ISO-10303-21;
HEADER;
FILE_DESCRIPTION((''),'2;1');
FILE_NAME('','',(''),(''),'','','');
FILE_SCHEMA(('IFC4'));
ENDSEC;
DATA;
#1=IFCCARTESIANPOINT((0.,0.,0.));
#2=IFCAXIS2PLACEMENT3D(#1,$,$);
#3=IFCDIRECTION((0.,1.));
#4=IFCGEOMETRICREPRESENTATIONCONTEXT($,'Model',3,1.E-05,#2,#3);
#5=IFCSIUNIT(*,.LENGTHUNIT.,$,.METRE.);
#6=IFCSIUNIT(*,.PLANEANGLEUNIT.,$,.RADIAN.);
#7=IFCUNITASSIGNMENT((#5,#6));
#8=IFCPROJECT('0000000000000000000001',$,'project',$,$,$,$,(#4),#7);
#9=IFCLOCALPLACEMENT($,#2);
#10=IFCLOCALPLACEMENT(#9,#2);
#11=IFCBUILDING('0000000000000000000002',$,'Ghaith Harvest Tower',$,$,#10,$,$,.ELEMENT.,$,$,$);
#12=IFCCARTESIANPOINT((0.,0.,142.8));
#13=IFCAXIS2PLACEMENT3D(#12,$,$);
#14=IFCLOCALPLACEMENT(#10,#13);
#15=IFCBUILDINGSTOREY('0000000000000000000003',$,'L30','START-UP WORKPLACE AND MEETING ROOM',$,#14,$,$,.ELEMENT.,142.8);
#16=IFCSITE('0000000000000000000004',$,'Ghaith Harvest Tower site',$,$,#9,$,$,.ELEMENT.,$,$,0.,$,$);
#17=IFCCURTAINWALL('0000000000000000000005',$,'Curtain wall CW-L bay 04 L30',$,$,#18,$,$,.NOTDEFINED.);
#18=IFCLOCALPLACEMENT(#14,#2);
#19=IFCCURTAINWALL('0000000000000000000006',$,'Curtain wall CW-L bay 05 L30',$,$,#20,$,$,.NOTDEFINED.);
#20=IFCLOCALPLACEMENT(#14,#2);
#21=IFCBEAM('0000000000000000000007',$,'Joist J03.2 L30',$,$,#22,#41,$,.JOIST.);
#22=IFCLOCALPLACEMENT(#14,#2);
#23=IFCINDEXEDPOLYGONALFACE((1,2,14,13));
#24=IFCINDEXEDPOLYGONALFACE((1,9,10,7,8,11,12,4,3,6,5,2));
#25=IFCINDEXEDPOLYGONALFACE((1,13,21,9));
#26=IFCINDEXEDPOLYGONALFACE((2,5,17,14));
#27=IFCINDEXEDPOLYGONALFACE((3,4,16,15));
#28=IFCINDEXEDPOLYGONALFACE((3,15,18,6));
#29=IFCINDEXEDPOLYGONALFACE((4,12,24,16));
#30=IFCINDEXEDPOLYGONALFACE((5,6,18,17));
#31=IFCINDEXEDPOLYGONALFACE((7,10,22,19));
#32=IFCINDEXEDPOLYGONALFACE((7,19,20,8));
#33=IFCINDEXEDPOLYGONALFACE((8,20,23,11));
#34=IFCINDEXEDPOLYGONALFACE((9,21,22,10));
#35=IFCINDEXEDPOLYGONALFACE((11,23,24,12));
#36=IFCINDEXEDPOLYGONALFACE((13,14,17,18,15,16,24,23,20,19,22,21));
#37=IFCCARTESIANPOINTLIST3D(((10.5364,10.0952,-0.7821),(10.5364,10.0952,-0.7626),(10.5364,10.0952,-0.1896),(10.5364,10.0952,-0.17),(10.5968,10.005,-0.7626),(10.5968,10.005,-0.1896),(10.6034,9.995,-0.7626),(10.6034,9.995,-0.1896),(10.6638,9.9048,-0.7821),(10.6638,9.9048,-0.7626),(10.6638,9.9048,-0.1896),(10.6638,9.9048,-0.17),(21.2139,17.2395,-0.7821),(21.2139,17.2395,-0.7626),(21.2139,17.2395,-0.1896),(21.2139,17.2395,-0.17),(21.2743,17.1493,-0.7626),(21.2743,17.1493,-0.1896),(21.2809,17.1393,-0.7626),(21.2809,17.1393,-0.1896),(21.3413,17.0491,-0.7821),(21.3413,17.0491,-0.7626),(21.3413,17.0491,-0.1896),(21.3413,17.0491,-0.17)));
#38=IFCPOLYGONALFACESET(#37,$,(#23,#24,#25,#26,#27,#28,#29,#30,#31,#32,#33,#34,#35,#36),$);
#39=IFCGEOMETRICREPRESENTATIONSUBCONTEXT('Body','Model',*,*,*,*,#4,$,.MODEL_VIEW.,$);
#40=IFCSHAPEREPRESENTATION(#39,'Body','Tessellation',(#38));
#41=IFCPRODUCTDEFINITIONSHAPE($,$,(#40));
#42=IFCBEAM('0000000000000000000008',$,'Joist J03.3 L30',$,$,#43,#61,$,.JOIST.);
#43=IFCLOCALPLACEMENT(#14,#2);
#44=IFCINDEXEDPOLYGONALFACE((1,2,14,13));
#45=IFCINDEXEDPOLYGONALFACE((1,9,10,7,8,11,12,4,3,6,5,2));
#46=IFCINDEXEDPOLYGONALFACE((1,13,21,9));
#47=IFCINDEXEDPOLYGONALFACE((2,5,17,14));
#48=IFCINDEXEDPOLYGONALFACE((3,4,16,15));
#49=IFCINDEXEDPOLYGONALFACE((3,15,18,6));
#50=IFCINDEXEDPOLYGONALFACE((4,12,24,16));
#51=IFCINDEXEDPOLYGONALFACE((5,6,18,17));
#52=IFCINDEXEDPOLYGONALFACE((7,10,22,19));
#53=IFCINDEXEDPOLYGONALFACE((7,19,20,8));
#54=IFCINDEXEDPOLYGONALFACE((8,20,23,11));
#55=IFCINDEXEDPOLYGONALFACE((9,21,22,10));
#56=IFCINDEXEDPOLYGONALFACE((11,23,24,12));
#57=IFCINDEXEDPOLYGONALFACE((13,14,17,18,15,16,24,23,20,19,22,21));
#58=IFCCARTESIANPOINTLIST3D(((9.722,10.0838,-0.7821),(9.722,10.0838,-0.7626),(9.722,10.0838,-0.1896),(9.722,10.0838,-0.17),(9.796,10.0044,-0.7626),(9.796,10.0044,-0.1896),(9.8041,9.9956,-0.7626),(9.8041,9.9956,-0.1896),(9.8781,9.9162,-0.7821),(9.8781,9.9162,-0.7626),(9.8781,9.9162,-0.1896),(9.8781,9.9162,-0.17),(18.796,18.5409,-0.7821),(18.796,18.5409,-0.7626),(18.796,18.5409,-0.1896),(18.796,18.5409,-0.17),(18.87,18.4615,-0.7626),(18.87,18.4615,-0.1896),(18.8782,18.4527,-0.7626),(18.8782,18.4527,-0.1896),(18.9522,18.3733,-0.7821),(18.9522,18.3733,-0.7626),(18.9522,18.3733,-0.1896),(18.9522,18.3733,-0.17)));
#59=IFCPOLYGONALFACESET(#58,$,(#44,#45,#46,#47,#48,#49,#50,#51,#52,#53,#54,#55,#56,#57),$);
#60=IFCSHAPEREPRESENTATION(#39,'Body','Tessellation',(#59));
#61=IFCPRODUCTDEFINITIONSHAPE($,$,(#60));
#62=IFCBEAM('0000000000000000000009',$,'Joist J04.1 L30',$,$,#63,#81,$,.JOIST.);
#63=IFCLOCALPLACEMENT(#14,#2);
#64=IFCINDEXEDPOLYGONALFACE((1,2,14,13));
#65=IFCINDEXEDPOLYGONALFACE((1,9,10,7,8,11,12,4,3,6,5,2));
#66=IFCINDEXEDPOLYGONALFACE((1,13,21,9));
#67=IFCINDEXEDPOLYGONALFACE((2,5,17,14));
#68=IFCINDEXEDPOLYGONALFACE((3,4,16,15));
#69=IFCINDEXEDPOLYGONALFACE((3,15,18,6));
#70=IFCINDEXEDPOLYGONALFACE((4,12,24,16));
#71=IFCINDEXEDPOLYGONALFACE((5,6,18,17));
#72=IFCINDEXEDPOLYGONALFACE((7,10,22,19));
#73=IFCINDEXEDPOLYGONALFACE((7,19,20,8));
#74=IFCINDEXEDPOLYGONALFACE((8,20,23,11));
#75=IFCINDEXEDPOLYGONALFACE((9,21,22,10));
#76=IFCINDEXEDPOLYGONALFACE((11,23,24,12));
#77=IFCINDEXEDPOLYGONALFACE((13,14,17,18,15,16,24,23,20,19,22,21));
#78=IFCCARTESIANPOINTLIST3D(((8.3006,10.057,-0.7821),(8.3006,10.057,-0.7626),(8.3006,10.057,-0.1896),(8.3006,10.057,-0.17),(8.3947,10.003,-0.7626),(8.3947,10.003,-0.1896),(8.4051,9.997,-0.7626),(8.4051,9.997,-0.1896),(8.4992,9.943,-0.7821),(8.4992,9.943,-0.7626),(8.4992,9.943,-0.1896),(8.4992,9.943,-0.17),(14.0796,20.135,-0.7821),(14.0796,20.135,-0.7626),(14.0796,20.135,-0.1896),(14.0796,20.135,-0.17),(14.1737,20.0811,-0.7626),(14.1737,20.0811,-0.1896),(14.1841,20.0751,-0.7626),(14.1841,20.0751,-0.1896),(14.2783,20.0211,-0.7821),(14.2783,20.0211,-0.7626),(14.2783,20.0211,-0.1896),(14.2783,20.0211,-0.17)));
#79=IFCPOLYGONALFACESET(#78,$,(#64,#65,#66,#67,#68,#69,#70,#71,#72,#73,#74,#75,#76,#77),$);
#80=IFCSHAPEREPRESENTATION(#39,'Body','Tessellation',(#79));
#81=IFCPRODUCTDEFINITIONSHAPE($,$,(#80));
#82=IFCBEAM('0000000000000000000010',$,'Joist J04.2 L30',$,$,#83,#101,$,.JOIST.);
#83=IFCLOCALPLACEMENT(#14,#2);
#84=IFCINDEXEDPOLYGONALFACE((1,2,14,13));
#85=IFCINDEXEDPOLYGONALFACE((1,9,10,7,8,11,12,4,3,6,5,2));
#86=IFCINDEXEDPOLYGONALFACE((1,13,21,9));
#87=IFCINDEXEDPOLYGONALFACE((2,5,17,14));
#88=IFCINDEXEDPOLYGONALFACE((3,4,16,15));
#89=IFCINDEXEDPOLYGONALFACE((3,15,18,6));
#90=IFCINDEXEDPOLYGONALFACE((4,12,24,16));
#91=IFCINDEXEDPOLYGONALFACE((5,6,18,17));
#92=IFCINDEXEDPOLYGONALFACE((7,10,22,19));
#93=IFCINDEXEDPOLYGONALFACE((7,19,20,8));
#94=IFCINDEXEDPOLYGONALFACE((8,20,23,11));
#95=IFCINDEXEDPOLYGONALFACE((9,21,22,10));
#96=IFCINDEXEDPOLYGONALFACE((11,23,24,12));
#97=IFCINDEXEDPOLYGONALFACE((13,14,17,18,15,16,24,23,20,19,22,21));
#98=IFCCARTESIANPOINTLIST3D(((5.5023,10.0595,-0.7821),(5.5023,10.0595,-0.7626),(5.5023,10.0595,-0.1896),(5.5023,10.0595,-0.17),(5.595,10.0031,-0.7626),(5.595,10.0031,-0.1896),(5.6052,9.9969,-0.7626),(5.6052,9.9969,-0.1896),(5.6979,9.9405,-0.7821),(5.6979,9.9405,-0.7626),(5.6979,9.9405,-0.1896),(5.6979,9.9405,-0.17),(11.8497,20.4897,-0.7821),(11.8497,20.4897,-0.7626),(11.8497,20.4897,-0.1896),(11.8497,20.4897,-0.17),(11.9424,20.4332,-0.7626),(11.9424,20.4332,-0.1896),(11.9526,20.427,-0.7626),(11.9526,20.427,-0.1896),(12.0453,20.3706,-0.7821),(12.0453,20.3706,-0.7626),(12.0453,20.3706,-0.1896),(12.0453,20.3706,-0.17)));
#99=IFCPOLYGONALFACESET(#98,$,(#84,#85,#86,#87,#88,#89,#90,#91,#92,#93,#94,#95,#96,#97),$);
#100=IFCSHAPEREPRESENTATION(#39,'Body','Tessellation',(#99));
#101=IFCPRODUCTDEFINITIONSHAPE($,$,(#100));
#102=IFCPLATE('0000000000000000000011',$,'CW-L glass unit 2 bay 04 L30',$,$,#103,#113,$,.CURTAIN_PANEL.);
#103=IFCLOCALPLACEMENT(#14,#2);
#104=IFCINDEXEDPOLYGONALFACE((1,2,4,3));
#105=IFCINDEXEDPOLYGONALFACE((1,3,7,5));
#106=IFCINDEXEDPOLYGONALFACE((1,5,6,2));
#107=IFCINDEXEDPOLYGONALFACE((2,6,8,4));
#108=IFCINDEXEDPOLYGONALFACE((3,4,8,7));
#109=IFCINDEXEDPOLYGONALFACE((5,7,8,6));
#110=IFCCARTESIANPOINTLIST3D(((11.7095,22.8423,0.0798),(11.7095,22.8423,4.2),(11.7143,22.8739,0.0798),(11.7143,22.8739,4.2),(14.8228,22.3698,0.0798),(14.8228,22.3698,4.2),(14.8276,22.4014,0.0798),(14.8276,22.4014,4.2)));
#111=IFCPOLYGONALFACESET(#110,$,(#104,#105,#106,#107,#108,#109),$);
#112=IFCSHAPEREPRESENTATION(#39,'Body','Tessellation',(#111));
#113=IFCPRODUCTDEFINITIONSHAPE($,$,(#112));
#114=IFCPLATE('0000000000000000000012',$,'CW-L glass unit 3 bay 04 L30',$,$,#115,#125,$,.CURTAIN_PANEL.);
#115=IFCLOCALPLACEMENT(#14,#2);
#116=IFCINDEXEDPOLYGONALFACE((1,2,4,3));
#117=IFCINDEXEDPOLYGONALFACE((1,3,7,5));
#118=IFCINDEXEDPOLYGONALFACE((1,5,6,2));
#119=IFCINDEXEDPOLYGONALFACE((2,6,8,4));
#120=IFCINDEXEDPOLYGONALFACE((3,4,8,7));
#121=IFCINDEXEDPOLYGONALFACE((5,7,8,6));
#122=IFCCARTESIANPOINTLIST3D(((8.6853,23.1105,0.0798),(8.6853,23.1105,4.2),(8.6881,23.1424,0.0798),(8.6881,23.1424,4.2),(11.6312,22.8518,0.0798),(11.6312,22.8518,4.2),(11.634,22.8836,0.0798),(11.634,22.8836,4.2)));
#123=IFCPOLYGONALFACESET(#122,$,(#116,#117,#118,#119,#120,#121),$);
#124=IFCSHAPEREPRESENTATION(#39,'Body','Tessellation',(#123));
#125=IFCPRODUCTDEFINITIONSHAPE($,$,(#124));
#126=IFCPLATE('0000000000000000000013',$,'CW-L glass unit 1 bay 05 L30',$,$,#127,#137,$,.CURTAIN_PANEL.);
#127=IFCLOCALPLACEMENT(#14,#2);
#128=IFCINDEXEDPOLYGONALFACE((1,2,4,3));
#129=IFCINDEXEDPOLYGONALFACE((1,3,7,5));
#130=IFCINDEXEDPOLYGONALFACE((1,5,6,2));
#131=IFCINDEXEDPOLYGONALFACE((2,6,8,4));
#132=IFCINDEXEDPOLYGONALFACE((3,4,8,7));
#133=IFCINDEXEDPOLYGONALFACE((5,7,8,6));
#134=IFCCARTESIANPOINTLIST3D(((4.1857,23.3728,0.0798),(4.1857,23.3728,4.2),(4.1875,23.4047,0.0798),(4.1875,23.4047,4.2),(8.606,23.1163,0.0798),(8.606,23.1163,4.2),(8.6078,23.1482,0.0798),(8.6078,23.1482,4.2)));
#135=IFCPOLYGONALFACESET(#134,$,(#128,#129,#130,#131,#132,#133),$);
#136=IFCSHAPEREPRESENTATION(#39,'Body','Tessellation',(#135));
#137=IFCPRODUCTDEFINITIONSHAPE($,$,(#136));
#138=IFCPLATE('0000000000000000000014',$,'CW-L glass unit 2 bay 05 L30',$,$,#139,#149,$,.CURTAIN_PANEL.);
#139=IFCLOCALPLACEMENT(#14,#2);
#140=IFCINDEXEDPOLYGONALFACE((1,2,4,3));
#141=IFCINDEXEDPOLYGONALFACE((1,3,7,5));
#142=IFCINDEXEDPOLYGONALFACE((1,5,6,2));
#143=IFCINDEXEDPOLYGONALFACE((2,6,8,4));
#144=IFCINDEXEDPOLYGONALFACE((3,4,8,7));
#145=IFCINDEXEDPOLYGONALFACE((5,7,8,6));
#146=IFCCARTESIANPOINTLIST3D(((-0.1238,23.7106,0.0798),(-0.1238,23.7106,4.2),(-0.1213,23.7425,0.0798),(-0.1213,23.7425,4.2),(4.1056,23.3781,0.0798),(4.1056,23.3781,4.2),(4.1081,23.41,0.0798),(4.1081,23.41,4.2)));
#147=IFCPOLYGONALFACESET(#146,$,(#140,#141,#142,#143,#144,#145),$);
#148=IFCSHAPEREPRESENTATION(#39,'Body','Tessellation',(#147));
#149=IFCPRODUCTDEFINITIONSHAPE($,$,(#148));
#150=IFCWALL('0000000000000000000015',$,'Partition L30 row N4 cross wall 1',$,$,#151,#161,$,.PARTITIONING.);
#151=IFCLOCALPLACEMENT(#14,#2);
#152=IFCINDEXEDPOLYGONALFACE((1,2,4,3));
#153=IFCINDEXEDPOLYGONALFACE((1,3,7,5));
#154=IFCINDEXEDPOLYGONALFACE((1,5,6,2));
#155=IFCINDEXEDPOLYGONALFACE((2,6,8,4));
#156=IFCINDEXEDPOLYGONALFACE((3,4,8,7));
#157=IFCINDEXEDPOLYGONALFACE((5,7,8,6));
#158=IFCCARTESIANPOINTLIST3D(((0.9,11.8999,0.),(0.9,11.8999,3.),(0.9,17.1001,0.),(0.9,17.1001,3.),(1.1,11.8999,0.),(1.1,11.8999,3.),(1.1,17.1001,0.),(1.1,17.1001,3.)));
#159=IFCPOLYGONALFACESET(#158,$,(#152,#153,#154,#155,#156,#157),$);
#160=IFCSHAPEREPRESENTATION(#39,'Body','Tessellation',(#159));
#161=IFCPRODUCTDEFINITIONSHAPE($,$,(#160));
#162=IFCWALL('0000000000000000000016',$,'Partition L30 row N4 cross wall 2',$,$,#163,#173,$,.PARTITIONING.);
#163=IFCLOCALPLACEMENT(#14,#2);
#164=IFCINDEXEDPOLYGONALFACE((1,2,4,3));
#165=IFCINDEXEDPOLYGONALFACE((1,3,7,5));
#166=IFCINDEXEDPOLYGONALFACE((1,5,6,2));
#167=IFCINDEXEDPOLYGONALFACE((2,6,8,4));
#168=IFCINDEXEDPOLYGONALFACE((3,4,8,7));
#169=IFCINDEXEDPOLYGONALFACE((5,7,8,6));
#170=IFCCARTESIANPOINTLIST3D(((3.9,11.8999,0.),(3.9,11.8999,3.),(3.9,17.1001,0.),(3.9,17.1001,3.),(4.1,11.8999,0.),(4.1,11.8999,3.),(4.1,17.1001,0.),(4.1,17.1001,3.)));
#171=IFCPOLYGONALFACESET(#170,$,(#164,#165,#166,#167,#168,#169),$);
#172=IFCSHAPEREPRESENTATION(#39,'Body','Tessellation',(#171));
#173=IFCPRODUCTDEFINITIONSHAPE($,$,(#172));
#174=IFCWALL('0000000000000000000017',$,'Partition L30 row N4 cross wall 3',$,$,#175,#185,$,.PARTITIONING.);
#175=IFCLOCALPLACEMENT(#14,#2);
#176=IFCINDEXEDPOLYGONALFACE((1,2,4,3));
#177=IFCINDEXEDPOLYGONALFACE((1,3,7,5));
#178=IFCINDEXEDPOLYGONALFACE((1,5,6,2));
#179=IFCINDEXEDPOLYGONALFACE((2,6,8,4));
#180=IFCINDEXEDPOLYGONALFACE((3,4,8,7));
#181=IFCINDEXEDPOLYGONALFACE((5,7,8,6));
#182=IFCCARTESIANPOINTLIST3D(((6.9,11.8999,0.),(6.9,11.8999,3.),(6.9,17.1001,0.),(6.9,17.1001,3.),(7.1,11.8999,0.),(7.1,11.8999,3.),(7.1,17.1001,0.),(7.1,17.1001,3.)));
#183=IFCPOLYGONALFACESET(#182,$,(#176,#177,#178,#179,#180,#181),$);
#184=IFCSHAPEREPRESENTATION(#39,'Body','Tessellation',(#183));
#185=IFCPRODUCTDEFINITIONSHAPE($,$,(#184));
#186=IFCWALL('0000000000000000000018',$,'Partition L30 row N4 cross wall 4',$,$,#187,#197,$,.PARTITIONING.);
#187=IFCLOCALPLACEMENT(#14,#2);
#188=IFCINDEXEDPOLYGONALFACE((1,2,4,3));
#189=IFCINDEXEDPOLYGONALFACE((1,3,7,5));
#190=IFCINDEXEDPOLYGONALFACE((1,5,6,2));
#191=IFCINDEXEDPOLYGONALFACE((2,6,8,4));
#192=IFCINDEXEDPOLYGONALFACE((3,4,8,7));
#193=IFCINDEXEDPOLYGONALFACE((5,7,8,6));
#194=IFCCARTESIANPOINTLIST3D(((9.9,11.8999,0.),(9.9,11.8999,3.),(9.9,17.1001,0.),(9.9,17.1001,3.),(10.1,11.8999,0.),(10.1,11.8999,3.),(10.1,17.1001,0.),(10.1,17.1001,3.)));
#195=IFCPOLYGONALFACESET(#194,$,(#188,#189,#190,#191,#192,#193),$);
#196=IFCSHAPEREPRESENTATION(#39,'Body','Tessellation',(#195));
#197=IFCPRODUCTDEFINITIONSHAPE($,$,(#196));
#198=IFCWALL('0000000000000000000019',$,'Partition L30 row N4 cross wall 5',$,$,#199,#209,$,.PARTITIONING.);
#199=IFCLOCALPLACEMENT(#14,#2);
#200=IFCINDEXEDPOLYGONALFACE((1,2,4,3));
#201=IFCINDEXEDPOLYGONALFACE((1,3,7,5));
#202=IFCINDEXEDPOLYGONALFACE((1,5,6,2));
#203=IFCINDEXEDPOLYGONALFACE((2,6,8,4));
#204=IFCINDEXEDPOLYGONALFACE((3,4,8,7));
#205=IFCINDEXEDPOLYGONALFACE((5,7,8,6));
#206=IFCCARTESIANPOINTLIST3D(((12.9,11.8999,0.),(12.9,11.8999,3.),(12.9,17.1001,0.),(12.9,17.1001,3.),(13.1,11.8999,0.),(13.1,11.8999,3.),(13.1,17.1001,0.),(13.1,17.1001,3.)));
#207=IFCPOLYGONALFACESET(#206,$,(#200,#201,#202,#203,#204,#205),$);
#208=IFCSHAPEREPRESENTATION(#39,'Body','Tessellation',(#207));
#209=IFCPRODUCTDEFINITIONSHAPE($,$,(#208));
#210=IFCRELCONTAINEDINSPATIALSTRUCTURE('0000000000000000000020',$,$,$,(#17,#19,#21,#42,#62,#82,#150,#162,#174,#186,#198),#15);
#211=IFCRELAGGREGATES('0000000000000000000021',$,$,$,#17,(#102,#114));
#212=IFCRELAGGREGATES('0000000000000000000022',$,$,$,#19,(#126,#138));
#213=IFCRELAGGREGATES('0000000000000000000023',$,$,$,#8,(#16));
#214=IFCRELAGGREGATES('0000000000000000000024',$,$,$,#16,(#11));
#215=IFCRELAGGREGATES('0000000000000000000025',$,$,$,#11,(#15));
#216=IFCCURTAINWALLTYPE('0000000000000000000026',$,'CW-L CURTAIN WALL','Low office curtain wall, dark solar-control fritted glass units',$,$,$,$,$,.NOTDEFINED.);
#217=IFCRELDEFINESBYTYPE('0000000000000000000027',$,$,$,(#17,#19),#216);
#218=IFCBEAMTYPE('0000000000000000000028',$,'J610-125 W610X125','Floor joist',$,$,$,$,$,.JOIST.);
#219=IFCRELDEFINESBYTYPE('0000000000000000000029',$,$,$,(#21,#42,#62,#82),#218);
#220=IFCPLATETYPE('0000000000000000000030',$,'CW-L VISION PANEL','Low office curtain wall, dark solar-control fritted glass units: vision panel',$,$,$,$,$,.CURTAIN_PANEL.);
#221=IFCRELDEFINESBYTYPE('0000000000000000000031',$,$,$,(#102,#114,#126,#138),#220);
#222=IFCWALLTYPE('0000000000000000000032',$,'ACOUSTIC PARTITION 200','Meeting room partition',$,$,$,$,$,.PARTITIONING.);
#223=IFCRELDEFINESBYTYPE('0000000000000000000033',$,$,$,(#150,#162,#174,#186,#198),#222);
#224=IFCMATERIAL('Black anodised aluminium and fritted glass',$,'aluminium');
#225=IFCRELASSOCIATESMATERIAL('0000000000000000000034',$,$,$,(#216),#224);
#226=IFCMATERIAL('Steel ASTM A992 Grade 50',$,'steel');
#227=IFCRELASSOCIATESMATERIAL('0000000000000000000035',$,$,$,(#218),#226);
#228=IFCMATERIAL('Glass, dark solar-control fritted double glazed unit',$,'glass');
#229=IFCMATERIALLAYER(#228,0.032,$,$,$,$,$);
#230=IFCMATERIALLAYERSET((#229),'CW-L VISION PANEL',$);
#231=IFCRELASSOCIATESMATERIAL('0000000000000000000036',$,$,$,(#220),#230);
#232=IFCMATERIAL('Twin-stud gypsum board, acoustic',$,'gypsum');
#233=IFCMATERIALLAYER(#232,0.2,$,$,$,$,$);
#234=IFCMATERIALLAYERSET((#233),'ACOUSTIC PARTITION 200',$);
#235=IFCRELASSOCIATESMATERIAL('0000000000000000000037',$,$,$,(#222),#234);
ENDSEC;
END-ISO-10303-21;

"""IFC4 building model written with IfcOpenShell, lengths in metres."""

from ifc_helpers import new_model, si_unit, direction, frame, frame_2d, origin, origin_2d, place, context, subcontext, project, spatial, rectangle, i_section, extrude, material, layer, layer_set, material_profile, profile_set, type_object, element, aggregate, save


model = new_model("IFC4")

# Units and contexts
model_context = context("Model", 3, precision=1e-05, world=origin(), true_north=direction((0.0, 1.0)))
body_context = subcontext(model_context, "Body", "Model", "MODEL_VIEW")
ifc_project = project(units=[si_unit("LENGTHUNIT", "METRE"), si_unit("PLANEANGLEUNIT", "RADIAN")], contexts=[model_context])

# Site, building, storey
site_placement = place(None, origin())
site = spatial("IfcSite", under=ifc_project, at=site_placement, Name="Ghaith Harvest Tower site", CompositionType="ELEMENT", RefElevation=0.0)
building_placement = place(site_placement, origin())
building = spatial("IfcBuilding", under=site, at=building_placement, Name="Ghaith Harvest Tower", CompositionType="ELEMENT")
storey_placement = place(building_placement, frame((0.0, 0.0, 142.8)))
storey = spatial("IfcBuildingStorey", under=building, at=storey_placement, Name="L30", Description="START-UP WORKPLACE AND MEETING ROOM", CompositionType="ELEMENT", Elevation=142.8)

# Curtain wall
ifc_material_1 = material(Name="Black anodised aluminium and fritted glass", Category="aluminium")
curtain_wall_type = type_object("IfcCurtainWallType", Name="CW-L CURTAIN WALL", Description="Low office curtain wall, dark solar-control fritted glass units", PredefinedType="NOTDEFINED", material=ifc_material_1)
curtain_wall_1_placement = place(storey_placement, origin())
curtain_wall_1 = element("IfcCurtainWall", 1, at=curtain_wall_1_placement, inside=storey, type_object=curtain_wall_type, Name="Curtain wall CW-L bay 04 L30", PredefinedType="NOTDEFINED")

# Curtain wall
curtain_wall_2_placement = place(storey_placement, origin())
curtain_wall_2 = element("IfcCurtainWall", 2, at=curtain_wall_2_placement, inside=storey, type_object=curtain_wall_type, Name="Curtain wall CW-L bay 05 L30", PredefinedType="NOTDEFINED")

# Beams
ifc_material_2 = material(Name="Steel ASTM A992 Grade 50", Category="steel")
ifc_material_profile_1 = material_profile(ifc_material_2, i_section(OverallWidth=0.229, OverallDepth=0.6121, WebThickness=0.012, FlangeThickness=0.0195, at=origin_2d()), Name="W610X125")
ifc_profile_set_1 = profile_set([ifc_material_profile_1], Name="Steel ASTM A992 Grade 50")
beam_type_1 = type_object("IfcBeamType", Name="J610-125 W610X125", Description="Floor joist", PredefinedType="JOIST", material=ifc_profile_set_1)
beam_1_placement = place(storey_placement, frame((10.6001, 10.0, -0.4761), z_axis=(0.831116, 0.556098, 0.0), x_axis=(-0.556098, 0.831116, 0.0)))
element("IfcBeam", 3, at=beam_1_placement, inside=storey, type_object=beam_type_1, Name="Joist J03.2 L30", PredefinedType="JOIST", context=body_context, shape_type="SweptSolid", body=[
    extrude(i_section(OverallWidth=0.229, OverallDepth=0.6121, WebThickness=0.012, FlangeThickness=0.0195, at=origin_2d()), origin(), (0.0, 0.0, 1.0), 12.8472),
])
beam_2_placement = place(storey_placement, frame((9.8, 10.0, -0.4761), z_axis=(0.731538, 0.681801, 0.0), x_axis=(-0.681801, 0.731538, 0.0)))
element("IfcBeam", 4, at=beam_2_placement, inside=storey, type_object=beam_type_1, Name="Joist J03.3 L30", PredefinedType="JOIST", context=body_context, shape_type="SweptSolid", body=[
    extrude(i_section(OverallWidth=0.229, OverallDepth=0.6121, WebThickness=0.012, FlangeThickness=0.0195, at=origin_2d()), origin(), (0.0, 0.0, 1.0), 12.4041),
])
beam_3_placement = place(storey_placement, frame((8.3999, 10.0, -0.4761), z_axis=(0.497444, 0.867496, 0.0), x_axis=(-0.867496, 0.497444, 0.0)))
element("IfcBeam", 5, at=beam_3_placement, inside=storey, type_object=beam_type_1, Name="Joist J04.1 L30", PredefinedType="JOIST", context=body_context, shape_type="SweptSolid", body=[
    extrude(i_section(OverallWidth=0.229, OverallDepth=0.6121, WebThickness=0.012, FlangeThickness=0.0195, at=origin_2d()), origin(), (0.0, 0.0, 1.0), 11.6174),
])
beam_4_placement = place(storey_placement, frame((5.6001, 10.0, -0.4761), z_axis=(0.519864, 0.854249, 0.0), x_axis=(-0.854249, 0.519864, 0.0)))
element("IfcBeam", 6, at=beam_4_placement, inside=storey, type_object=beam_type_1, Name="Joist J04.2 L30", PredefinedType="JOIST", context=body_context, shape_type="SweptSolid", body=[
    extrude(i_section(OverallWidth=0.229, OverallDepth=0.6121, WebThickness=0.012, FlangeThickness=0.0195, at=origin_2d()), origin(), (0.0, 0.0, 1.0), 12.2097),
])

# Plates
ifc_material_3 = material(Name="Glass, dark solar-control fritted double glazed unit", Category="glass")
ifc_layer_1 = layer(ifc_material_3, 0.032)
ifc_layer_set_1 = layer_set([ifc_layer_1], Name="CW-L VISION PANEL")
plate_type = type_object("IfcPlateType", Name="CW-L VISION PANEL", Description="Low office curtain wall, dark solar-control fritted glass units: vision panel", PredefinedType="CURTAIN_PANEL", material=ifc_layer_set_1)
plate_1_placement = place(storey_placement, frame((13.2686, 22.6218, 0.0798), z_axis=(0.0, 0.0, 1.0), x_axis=(-0.988679, 0.150048, 0.0)))
plate_1 = element("IfcPlate", 7, at=plate_1_placement, type_object=plate_type, Name="CW-L glass unit 2 bay 04 L30", PredefinedType="CURTAIN_PANEL", context=body_context, shape_type="SweptSolid", body=[
    extrude(rectangle(XDim=3.1489, YDim=0.032, at=origin_2d()), origin(), (0.0, 0.0, 1.0), 4.1201),
])
plate_2_placement = place(storey_placement, frame((10.1597, 22.9971, 0.0798), z_axis=(0.0, 0.0, 1.0), x_axis=(-0.996166, 0.087481, 0.0)))
plate_2 = element("IfcPlate", 8, at=plate_2_placement, type_object=plate_type, Name="CW-L glass unit 3 bay 04 L30", PredefinedType="CURTAIN_PANEL", context=body_context, shape_type="SweptSolid", body=[
    extrude(rectangle(XDim=2.9573, YDim=0.032, at=origin_2d()), origin(), (0.0, 0.0, 1.0), 4.1201),
])
aggregate(curtain_wall_1, [plate_1, plate_2])
plate_3_placement = place(storey_placement, frame((6.3967, 23.2605, 0.0798), z_axis=(0.0, 0.0, 1.0), x_axis=(-0.998321, 0.057927, 0.0)))
plate_3 = element("IfcPlate", 9, at=plate_3_placement, type_object=plate_type, Name="CW-L glass unit 1 bay 05 L30", PredefinedType="CURTAIN_PANEL", context=body_context, shape_type="SweptSolid", body=[
    extrude(rectangle(XDim=4.4277, YDim=0.032, at=origin_2d()), origin(), (0.0, 0.0, 1.0), 4.1201),
])
plate_4_placement = place(storey_placement, frame((1.9922, 23.5603, 0.0798), z_axis=(0.0, 0.0, 1.0), x_axis=(-0.996925, 0.07836, 0.0)))
plate_4 = element("IfcPlate", 10, at=plate_4_placement, type_object=plate_type, Name="CW-L glass unit 2 bay 05 L30", PredefinedType="CURTAIN_PANEL", context=body_context, shape_type="SweptSolid", body=[
    extrude(rectangle(XDim=4.2424, YDim=0.032, at=origin_2d()), origin(), (0.0, 0.0, 1.0), 4.1201),
])
aggregate(curtain_wall_2, [plate_3, plate_4])

# Walls
ifc_material_4 = material(Name="Twin-stud gypsum board, acoustic", Category="gypsum")
ifc_layer_2 = layer(ifc_material_4, 0.2)
ifc_layer_set_2 = layer_set([ifc_layer_2], Name="ACOUSTIC PARTITION 200")
wall_type = type_object("IfcWallType", Name="ACOUSTIC PARTITION 200", Description="Meeting room partition", PredefinedType="PARTITIONING", material=ifc_layer_set_2)
for number, where, z_axis, x_axis, name in (
    (11, (1.0, 11.8999, 0.0), (0.0, 0.0, 1.0), (0.0, 1.0, 0.0), "Partition L30 row N4 cross wall 1"),
    (12, (4.0, 11.8999, 0.0), (0.0, 0.0, 1.0), (0.0, 1.0, 0.0), "Partition L30 row N4 cross wall 2"),
    (13, (7.0, 11.8999, 0.0), (0.0, 0.0, 1.0), (0.0, 1.0, 0.0), "Partition L30 row N4 cross wall 3"),
    (14, (10.0, 11.8999, 0.0), (0.0, 0.0, 1.0), (0.0, 1.0, 0.0), "Partition L30 row N4 cross wall 4"),
    (15, (13.0, 11.8999, 0.0), (0.0, 0.0, 1.0), (0.0, 1.0, 0.0), "Partition L30 row N4 cross wall 5"),
):
    element("IfcWall", number, at=place(storey_placement, frame(where, z_axis=z_axis, x_axis=x_axis)), inside=storey, type_object=wall_type, Name=name, PredefinedType="PARTITIONING", context=body_context, shape_type="SweptSolid", body=[
        extrude(rectangle(XDim=5.2002, YDim=0.2, at=frame_2d((2.6001, 0.0))), origin(), (0.0, 0.0, 1.0), 3.0),
    ])

save(model, "model.ifc")
